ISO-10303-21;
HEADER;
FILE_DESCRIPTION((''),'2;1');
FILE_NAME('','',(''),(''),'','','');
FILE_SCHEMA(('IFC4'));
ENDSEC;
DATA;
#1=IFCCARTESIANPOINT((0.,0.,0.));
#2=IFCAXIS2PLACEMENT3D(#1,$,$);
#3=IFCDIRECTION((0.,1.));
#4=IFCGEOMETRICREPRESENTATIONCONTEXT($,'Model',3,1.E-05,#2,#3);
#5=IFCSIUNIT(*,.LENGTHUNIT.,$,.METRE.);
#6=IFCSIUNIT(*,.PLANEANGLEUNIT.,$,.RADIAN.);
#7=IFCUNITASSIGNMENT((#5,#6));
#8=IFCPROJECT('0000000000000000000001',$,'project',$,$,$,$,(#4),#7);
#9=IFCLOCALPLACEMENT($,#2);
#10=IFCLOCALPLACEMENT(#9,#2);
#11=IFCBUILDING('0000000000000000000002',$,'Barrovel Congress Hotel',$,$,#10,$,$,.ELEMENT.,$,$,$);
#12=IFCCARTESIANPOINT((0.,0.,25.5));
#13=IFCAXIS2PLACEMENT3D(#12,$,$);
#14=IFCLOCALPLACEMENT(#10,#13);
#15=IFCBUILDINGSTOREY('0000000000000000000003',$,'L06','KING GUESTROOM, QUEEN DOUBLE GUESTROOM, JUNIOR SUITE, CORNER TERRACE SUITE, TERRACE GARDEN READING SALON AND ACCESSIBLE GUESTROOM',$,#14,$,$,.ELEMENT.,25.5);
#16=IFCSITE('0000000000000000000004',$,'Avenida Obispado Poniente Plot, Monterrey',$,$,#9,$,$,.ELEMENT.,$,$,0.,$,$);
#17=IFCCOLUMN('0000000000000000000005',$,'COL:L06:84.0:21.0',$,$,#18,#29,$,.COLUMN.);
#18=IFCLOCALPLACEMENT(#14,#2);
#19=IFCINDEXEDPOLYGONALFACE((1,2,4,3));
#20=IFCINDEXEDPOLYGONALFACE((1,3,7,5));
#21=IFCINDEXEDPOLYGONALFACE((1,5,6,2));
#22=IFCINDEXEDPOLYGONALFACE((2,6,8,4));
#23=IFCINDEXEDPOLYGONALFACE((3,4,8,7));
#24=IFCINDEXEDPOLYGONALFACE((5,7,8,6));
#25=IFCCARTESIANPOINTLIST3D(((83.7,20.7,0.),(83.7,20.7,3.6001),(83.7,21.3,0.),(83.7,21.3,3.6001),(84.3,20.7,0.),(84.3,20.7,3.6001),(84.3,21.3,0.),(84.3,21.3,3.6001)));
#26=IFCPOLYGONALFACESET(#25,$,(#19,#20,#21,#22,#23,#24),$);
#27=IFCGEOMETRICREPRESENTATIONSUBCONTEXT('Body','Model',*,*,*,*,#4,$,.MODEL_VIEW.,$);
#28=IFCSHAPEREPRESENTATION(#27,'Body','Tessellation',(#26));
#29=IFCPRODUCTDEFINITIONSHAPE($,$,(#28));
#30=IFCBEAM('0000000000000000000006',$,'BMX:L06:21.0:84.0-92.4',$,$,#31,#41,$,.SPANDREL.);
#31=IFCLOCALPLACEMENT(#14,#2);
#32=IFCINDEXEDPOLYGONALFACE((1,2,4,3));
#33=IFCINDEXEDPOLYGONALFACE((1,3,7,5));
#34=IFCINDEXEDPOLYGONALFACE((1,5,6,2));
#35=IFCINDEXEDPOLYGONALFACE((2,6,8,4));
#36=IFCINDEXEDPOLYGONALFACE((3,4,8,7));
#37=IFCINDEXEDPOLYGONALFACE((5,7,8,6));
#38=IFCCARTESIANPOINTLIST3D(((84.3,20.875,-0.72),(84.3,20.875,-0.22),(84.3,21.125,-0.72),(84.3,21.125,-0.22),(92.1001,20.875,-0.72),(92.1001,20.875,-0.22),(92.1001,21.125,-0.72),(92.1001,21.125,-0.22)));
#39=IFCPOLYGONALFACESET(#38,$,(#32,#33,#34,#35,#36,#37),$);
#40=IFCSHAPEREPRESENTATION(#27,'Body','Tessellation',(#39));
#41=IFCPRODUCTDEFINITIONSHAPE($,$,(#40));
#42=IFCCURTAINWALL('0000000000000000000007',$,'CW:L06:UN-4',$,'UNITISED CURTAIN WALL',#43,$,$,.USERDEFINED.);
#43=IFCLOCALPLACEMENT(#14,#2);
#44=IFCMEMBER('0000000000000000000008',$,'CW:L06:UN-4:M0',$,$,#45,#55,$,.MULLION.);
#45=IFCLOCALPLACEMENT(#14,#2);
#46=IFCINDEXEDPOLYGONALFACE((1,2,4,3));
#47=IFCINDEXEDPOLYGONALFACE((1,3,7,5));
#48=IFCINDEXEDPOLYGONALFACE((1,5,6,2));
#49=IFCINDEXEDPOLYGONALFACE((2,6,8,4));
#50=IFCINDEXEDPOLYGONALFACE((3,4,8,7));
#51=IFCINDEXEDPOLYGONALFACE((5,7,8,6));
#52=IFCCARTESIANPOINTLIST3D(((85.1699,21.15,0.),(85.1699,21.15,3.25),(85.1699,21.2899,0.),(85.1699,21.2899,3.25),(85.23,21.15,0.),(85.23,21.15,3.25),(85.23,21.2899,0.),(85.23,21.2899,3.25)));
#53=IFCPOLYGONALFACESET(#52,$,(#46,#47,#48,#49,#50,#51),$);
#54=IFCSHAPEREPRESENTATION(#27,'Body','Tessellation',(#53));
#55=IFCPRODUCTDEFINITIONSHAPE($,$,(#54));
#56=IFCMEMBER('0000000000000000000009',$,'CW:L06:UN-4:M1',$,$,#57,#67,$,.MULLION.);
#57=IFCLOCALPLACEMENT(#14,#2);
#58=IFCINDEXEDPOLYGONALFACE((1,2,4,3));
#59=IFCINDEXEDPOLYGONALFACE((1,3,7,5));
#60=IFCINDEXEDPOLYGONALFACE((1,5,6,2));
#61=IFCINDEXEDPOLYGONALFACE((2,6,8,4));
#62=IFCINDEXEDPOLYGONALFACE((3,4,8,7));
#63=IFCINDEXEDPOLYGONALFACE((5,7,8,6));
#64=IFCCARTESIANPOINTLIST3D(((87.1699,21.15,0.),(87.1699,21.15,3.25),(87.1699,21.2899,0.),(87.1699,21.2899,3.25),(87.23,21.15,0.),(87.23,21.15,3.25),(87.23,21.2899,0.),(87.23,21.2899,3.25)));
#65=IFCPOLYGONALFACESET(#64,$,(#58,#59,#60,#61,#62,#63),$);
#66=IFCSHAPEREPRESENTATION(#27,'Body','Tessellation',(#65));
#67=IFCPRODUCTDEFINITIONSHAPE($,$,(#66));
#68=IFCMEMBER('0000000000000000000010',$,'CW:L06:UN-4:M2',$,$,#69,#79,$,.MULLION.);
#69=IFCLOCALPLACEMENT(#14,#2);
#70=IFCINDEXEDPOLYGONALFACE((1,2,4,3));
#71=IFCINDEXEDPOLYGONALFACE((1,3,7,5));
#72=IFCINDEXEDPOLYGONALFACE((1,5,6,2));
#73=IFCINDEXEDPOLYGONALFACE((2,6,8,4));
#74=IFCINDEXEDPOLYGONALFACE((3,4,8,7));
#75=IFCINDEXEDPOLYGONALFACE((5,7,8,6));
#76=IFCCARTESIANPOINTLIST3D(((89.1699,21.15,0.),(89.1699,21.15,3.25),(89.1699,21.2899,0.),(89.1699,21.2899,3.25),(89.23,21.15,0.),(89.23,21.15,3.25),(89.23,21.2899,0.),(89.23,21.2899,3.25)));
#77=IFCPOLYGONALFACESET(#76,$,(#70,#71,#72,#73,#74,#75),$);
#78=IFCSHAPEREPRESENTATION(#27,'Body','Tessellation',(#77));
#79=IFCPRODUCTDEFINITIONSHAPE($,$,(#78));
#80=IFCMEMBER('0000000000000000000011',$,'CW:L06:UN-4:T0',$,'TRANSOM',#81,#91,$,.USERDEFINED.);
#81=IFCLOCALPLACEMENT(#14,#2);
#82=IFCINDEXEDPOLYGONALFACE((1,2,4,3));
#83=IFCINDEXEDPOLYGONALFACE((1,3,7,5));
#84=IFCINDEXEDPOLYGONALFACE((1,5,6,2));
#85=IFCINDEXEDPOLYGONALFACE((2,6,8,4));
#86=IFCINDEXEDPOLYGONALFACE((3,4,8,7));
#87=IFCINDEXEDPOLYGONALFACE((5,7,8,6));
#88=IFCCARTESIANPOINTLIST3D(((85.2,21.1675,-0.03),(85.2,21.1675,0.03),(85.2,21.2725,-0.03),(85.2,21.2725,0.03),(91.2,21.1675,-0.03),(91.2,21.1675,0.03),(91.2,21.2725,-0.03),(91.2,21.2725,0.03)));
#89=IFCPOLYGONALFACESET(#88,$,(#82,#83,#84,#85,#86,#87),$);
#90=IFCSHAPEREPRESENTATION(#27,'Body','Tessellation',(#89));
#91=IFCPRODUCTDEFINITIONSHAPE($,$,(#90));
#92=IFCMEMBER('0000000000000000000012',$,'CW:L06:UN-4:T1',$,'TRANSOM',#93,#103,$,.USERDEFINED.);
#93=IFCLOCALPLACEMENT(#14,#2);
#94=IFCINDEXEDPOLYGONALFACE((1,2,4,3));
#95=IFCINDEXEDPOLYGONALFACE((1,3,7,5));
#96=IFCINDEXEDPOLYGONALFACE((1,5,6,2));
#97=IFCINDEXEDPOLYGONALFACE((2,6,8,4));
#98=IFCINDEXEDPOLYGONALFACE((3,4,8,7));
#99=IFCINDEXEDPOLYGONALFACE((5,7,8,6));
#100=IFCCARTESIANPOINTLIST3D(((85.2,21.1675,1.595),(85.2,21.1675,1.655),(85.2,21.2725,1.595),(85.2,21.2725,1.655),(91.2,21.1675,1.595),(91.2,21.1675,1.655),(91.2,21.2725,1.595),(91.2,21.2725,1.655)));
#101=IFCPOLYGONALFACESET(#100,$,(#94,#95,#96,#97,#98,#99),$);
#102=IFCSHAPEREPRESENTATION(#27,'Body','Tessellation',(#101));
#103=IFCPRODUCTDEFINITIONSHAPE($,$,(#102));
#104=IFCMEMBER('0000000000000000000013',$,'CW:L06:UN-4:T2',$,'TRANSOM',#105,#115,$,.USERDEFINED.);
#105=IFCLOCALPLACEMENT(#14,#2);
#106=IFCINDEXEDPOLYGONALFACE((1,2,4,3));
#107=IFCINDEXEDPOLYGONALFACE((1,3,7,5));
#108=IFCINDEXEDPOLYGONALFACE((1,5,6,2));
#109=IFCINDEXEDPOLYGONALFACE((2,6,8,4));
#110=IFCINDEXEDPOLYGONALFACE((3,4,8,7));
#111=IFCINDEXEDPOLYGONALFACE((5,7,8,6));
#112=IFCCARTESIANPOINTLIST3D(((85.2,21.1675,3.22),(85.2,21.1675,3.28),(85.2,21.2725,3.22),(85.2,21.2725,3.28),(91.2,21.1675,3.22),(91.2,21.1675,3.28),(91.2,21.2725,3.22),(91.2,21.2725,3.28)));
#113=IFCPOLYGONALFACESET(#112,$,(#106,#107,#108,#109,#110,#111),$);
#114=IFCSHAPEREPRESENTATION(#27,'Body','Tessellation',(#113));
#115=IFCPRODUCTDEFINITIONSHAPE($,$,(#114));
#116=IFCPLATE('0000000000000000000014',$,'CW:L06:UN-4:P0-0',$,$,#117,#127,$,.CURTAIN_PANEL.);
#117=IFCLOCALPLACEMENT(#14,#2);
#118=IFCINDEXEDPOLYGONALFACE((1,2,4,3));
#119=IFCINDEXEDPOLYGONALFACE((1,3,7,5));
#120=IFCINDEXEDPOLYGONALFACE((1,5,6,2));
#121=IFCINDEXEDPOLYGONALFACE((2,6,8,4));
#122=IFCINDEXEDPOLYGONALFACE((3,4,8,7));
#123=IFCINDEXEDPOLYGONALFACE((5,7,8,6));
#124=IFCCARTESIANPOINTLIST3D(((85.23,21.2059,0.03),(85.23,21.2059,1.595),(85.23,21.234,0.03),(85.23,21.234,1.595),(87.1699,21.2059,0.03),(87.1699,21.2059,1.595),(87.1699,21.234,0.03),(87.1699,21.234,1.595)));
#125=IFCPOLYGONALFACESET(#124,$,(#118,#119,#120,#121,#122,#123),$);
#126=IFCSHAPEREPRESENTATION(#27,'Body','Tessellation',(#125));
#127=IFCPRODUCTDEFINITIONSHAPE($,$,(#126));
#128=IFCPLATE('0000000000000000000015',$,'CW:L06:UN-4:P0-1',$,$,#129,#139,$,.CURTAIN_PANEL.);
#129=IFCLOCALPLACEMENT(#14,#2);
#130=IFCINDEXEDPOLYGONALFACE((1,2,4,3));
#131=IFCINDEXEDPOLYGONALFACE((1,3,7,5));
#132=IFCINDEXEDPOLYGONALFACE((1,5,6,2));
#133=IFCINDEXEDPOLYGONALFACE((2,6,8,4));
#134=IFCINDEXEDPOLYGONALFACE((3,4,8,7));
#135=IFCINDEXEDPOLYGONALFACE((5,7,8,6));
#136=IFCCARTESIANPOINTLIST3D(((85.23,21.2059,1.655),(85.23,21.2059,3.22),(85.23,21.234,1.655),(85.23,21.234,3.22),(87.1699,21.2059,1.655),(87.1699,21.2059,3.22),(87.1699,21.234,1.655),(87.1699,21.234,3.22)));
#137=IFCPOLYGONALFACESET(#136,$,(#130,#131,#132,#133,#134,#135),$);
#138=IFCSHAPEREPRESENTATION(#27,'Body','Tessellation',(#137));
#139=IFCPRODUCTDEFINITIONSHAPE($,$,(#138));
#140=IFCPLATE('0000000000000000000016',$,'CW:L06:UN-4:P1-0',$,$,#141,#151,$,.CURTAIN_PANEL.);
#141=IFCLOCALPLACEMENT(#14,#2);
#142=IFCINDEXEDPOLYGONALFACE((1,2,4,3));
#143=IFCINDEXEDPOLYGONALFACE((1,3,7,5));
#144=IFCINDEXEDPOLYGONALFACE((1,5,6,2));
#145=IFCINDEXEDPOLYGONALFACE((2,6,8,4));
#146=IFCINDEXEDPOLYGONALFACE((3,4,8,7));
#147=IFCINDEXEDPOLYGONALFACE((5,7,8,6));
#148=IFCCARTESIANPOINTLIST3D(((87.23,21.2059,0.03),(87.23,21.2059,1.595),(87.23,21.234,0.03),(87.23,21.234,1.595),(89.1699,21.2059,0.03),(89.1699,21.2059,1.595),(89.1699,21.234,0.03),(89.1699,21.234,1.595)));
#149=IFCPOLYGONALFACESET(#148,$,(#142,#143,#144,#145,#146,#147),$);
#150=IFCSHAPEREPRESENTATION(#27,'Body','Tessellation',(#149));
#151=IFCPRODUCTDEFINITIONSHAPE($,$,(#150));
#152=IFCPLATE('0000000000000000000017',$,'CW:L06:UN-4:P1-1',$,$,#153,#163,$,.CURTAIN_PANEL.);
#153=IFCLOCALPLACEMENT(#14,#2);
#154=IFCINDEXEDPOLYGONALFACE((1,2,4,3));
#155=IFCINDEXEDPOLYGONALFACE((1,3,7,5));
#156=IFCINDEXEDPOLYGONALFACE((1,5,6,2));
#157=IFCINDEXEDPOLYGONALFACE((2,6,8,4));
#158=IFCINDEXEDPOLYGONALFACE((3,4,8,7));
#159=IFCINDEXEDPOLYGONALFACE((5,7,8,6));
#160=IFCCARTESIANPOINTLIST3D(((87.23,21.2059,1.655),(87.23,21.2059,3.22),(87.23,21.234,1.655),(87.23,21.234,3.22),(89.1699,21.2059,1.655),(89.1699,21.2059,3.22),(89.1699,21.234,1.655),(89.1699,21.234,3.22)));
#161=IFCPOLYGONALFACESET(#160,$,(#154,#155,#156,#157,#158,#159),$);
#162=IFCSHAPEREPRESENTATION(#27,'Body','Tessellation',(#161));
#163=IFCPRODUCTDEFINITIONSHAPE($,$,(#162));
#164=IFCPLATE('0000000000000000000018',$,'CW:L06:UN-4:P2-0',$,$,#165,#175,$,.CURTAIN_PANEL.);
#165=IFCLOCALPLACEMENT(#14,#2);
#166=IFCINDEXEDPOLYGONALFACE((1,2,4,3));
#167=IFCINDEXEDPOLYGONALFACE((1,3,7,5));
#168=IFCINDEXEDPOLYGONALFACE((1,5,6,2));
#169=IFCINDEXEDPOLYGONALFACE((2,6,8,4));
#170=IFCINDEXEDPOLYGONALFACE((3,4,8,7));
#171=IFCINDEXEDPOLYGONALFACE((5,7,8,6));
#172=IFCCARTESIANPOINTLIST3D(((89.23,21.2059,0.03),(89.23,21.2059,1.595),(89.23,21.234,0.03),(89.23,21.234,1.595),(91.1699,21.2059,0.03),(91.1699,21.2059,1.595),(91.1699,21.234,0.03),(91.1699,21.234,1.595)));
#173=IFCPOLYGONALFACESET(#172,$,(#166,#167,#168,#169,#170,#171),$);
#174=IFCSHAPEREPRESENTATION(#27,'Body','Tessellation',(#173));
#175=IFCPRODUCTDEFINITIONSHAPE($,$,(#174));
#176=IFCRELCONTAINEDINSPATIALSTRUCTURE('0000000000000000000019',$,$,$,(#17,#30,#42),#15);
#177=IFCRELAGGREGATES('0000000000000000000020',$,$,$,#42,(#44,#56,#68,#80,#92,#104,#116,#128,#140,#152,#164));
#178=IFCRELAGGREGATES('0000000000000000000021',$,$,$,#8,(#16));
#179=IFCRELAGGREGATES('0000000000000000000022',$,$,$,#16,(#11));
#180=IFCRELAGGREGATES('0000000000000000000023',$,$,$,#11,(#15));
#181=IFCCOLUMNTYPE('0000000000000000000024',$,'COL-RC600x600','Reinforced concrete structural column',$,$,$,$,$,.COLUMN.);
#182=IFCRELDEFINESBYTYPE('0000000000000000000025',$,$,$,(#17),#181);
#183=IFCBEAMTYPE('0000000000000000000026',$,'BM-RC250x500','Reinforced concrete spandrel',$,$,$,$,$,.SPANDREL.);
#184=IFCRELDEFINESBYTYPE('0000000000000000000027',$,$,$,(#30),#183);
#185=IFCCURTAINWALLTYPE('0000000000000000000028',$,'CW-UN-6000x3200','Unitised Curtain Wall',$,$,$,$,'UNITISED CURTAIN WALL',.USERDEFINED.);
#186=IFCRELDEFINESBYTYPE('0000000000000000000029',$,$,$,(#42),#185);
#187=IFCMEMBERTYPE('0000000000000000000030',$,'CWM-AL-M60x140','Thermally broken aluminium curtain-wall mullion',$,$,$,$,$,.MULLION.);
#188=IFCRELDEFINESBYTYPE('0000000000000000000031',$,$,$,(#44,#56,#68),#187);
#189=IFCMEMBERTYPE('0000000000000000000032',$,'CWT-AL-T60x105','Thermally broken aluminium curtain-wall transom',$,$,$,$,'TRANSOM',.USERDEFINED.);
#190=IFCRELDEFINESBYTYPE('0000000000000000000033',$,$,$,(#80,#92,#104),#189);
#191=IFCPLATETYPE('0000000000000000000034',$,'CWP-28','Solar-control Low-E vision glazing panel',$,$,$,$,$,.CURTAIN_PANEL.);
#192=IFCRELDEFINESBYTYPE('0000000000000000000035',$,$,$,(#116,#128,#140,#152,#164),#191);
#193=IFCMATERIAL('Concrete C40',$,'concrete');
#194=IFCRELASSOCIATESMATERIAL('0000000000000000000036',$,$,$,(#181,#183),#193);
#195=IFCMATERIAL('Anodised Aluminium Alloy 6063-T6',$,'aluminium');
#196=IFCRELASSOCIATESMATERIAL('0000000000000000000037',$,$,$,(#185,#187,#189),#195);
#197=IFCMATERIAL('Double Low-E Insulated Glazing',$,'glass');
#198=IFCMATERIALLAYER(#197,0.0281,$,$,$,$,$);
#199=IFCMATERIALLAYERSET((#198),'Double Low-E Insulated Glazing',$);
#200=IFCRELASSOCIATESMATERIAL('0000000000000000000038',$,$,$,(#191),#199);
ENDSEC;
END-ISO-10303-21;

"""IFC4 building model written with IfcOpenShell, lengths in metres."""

from ifc_helpers import new_model, si_unit, direction, frame, origin, origin_2d, place, context, subcontext, project, spatial, rectangle, extrude, material, layer, layer_set, material_profile, profile_set, type_object, element, aggregate, save


model = new_model("IFC4")

# Units and contexts
model_context = context("Model", 3, precision=1e-05, world=origin(), true_north=direction((0.0, 1.0)))
body_context = subcontext(model_context, "Body", "Model", "MODEL_VIEW")
ifc_project = project(units=[si_unit("LENGTHUNIT", "METRE"), si_unit("PLANEANGLEUNIT", "RADIAN")], contexts=[model_context])

# Site, building, storey
site_placement = place(None, origin())
site = spatial("IfcSite", under=ifc_project, at=site_placement, Name="Avenida Obispado Poniente Plot, Monterrey", CompositionType="ELEMENT", RefElevation=0.0)
building_placement = place(site_placement, origin())
building = spatial("IfcBuilding", under=site, at=building_placement, Name="Barrovel Congress Hotel", CompositionType="ELEMENT")
storey_placement = place(building_placement, frame((0.0, 0.0, 25.5)))
storey = spatial("IfcBuildingStorey", under=building, at=storey_placement, Name="L06", Description="KING GUESTROOM, QUEEN DOUBLE GUESTROOM, JUNIOR SUITE, CORNER TERRACE SUITE, TERRACE GARDEN READING SALON AND ACCESSIBLE GUESTROOM", CompositionType="ELEMENT", Elevation=25.5)

# Column
ifc_material_1 = material(Name="Concrete C40", Category="concrete")
ifc_material_profile_1 = material_profile(ifc_material_1, rectangle(XDim=0.6001, YDim=0.6001, at=origin_2d()), Name="RC600x600")
ifc_profile_set_1 = profile_set([ifc_material_profile_1], Name="Concrete C40")
column_type = type_object("IfcColumnType", Name="COL-RC600x600", Description="Reinforced concrete structural column", PredefinedType="COLUMN", material=ifc_profile_set_1)
column_placement = place(storey_placement, frame((84.0, 21.0, 0.0), z_axis=(0.0, 0.0, 1.0), x_axis=(1.0, 0.0, 0.0)))
element("IfcColumn", 1, at=column_placement, inside=storey, type_object=column_type, Name="COL:L06:84.0:21.0", PredefinedType="COLUMN", context=body_context, shape_type="SweptSolid", body=[
    extrude(rectangle(XDim=0.6001, YDim=0.6001, at=origin_2d()), origin(), (0.0, 0.0, 1.0), 3.6001),
])

# Beam
ifc_material_profile_2 = material_profile(ifc_material_1, rectangle(XDim=0.25, YDim=0.5, at=origin_2d()), Name="RC250x500")
ifc_profile_set_2 = profile_set([ifc_material_profile_2], Name="Concrete C40")
beam_type = type_object("IfcBeamType", Name="BM-RC250x500", Description="Reinforced concrete spandrel", PredefinedType="SPANDREL", material=ifc_profile_set_2)
beam_placement = place(storey_placement, frame((84.3, 21.0, -0.47), z_axis=(1.0, 0.0, 0.0), x_axis=(0.0, 1.0, 0.0)))
element("IfcBeam", 2, at=beam_placement, inside=storey, type_object=beam_type, Name="BMX:L06:21.0:84.0-92.4", PredefinedType="SPANDREL", context=body_context, shape_type="SweptSolid", body=[
    extrude(rectangle(XDim=0.25, YDim=0.5, at=origin_2d()), origin(), (0.0, 0.0, 1.0), 7.8),
])

# Curtain wall, members, plates
ifc_material_2 = material(Name="Anodised Aluminium Alloy 6063-T6", Category="aluminium")
curtain_wall_type = type_object("IfcCurtainWallType", Name="CW-UN-6000x3200", Description="Unitised Curtain Wall", ElementType="UNITISED CURTAIN WALL", PredefinedType="USERDEFINED", material=ifc_material_2)
curtain_wall_placement = place(storey_placement, origin())
curtain_wall = element("IfcCurtainWall", 3, at=curtain_wall_placement, inside=storey, type_object=curtain_wall_type, Name="CW:L06:UN-4", ObjectType="UNITISED CURTAIN WALL", PredefinedType="USERDEFINED")
ifc_material_profile_3 = material_profile(ifc_material_2, rectangle(XDim=0.0601, YDim=0.1399, at=origin_2d()), Name="AL-M60x140")
ifc_profile_set_3 = profile_set([ifc_material_profile_3], Name="Anodised Aluminium Alloy 6063-T6")
member_type_1 = type_object("IfcMemberType", Name="CWM-AL-M60x140", Description="Thermally broken aluminium curtain-wall mullion", PredefinedType="MULLION", material=ifc_profile_set_3)
member_1_placement = place(storey_placement, frame((85.2, 21.22, 0.0), z_axis=(0.0, 0.0, 1.0), x_axis=(1.0, 0.0, 0.0)))
member_1 = element("IfcMember", 4, at=member_1_placement, type_object=member_type_1, Name="CW:L06:UN-4:M0", PredefinedType="MULLION", context=body_context, shape_type="SweptSolid", body=[
    extrude(rectangle(XDim=0.0601, YDim=0.1399, at=origin_2d()), origin(), (0.0, 0.0, 1.0), 3.25),
])
member_2_placement = place(storey_placement, frame((87.2, 21.22, 0.0), z_axis=(0.0, 0.0, 1.0), x_axis=(1.0, 0.0, 0.0)))
member_2 = element("IfcMember", 5, at=member_2_placement, type_object=member_type_1, Name="CW:L06:UN-4:M1", PredefinedType="MULLION", context=body_context, shape_type="SweptSolid", body=[
    extrude(rectangle(XDim=0.0601, YDim=0.1399, at=origin_2d()), origin(), (0.0, 0.0, 1.0), 3.25),
])
member_3_placement = place(storey_placement, frame((89.2, 21.22, 0.0), z_axis=(0.0, 0.0, 1.0), x_axis=(1.0, 0.0, 0.0)))
member_3 = element("IfcMember", 6, at=member_3_placement, type_object=member_type_1, Name="CW:L06:UN-4:M2", PredefinedType="MULLION", context=body_context, shape_type="SweptSolid", body=[
    extrude(rectangle(XDim=0.0601, YDim=0.1399, at=origin_2d()), origin(), (0.0, 0.0, 1.0), 3.25),
])
ifc_material_profile_4 = material_profile(ifc_material_2, rectangle(XDim=0.105, YDim=0.0601, at=origin_2d()), Name="AL-T60x105")
ifc_profile_set_4 = profile_set([ifc_material_profile_4], Name="Anodised Aluminium Alloy 6063-T6")
member_type_2 = type_object("IfcMemberType", Name="CWT-AL-T60x105", Description="Thermally broken aluminium curtain-wall transom", ElementType="TRANSOM", PredefinedType="USERDEFINED", material=ifc_profile_set_4)
member_4_placement = place(storey_placement, frame((85.2, 21.22, 0.0), z_axis=(1.0, 0.0, 0.0), x_axis=(0.0, 1.0, 0.0)))
member_4 = element("IfcMember", 7, at=member_4_placement, type_object=member_type_2, Name="CW:L06:UN-4:T0", ObjectType="TRANSOM", PredefinedType="USERDEFINED", context=body_context, shape_type="SweptSolid", body=[
    extrude(rectangle(XDim=0.105, YDim=0.0601, at=origin_2d()), origin(), (0.0, 0.0, 1.0), 6.0),
])
member_5_placement = place(storey_placement, frame((85.2, 21.22, 1.625), z_axis=(1.0, 0.0, 0.0), x_axis=(0.0, 1.0, 0.0)))
member_5 = element("IfcMember", 8, at=member_5_placement, type_object=member_type_2, Name="CW:L06:UN-4:T1", ObjectType="TRANSOM", PredefinedType="USERDEFINED", context=body_context, shape_type="SweptSolid", body=[
    extrude(rectangle(XDim=0.105, YDim=0.0601, at=origin_2d()), origin(), (0.0, 0.0, 1.0), 6.0),
])
member_6_placement = place(storey_placement, frame((85.2, 21.22, 3.25), z_axis=(1.0, 0.0, 0.0), x_axis=(0.0, 1.0, 0.0)))
member_6 = element("IfcMember", 9, at=member_6_placement, type_object=member_type_2, Name="CW:L06:UN-4:T2", ObjectType="TRANSOM", PredefinedType="USERDEFINED", context=body_context, shape_type="SweptSolid", body=[
    extrude(rectangle(XDim=0.105, YDim=0.0601, at=origin_2d()), origin(), (0.0, 0.0, 1.0), 6.0),
])
ifc_material_3 = material(Name="Double Low-E Insulated Glazing", Category="glass")
ifc_layer_1 = layer(ifc_material_3, 0.0281)
ifc_layer_set_1 = layer_set([ifc_layer_1], Name="Double Low-E Insulated Glazing")
plate_type = type_object("IfcPlateType", Name="CWP-28", Description="Solar-control Low-E vision glazing panel", PredefinedType="CURTAIN_PANEL", material=ifc_layer_set_1)
plate_1_placement = place(storey_placement, frame((86.2, 21.22, 0.03), z_axis=(0.0, 0.0, 1.0), x_axis=(1.0, 0.0, 0.0)))
plate_1 = element("IfcPlate", 10, at=plate_1_placement, type_object=plate_type, Name="CW:L06:UN-4:P0-0", PredefinedType="CURTAIN_PANEL", context=body_context, shape_type="SweptSolid", body=[
    extrude(rectangle(XDim=1.9399, YDim=0.0281, at=origin_2d()), origin(), (0.0, 0.0, 1.0), 1.5649),
])
plate_2_placement = place(storey_placement, frame((86.2, 21.22, 1.655), z_axis=(0.0, 0.0, 1.0), x_axis=(1.0, 0.0, 0.0)))
plate_2 = element("IfcPlate", 11, at=plate_2_placement, type_object=plate_type, Name="CW:L06:UN-4:P0-1", PredefinedType="CURTAIN_PANEL", context=body_context, shape_type="SweptSolid", body=[
    extrude(rectangle(XDim=1.9399, YDim=0.0281, at=origin_2d()), origin(), (0.0, 0.0, 1.0), 1.5649),
])
plate_3_placement = place(storey_placement, frame((88.2, 21.22, 0.03), z_axis=(0.0, 0.0, 1.0), x_axis=(1.0, 0.0, 0.0)))
plate_3 = element("IfcPlate", 12, at=plate_3_placement, type_object=plate_type, Name="CW:L06:UN-4:P1-0", PredefinedType="CURTAIN_PANEL", context=body_context, shape_type="SweptSolid", body=[
    extrude(rectangle(XDim=1.9399, YDim=0.0281, at=origin_2d()), origin(), (0.0, 0.0, 1.0), 1.5649),
])
plate_4_placement = place(storey_placement, frame((88.2, 21.22, 1.655), z_axis=(0.0, 0.0, 1.0), x_axis=(1.0, 0.0, 0.0)))
plate_4 = element("IfcPlate", 13, at=plate_4_placement, type_object=plate_type, Name="CW:L06:UN-4:P1-1", PredefinedType="CURTAIN_PANEL", context=body_context, shape_type="SweptSolid", body=[
    extrude(rectangle(XDim=1.9399, YDim=0.0281, at=origin_2d()), origin(), (0.0, 0.0, 1.0), 1.5649),
])
plate_5_placement = place(storey_placement, frame((90.2, 21.22, 0.03), z_axis=(0.0, 0.0, 1.0), x_axis=(1.0, 0.0, 0.0)))
plate_5 = element("IfcPlate", 14, at=plate_5_placement, type_object=plate_type, Name="CW:L06:UN-4:P2-0", PredefinedType="CURTAIN_PANEL", context=body_context, shape_type="SweptSolid", body=[
    extrude(rectangle(XDim=1.9399, YDim=0.0281, at=origin_2d()), origin(), (0.0, 0.0, 1.0), 1.5649),
])
aggregate(curtain_wall, [member_1, member_2, member_3, member_4, member_5, member_6, plate_1, plate_2, plate_3, plate_4, plate_5])

save(model, "model.ifc")
